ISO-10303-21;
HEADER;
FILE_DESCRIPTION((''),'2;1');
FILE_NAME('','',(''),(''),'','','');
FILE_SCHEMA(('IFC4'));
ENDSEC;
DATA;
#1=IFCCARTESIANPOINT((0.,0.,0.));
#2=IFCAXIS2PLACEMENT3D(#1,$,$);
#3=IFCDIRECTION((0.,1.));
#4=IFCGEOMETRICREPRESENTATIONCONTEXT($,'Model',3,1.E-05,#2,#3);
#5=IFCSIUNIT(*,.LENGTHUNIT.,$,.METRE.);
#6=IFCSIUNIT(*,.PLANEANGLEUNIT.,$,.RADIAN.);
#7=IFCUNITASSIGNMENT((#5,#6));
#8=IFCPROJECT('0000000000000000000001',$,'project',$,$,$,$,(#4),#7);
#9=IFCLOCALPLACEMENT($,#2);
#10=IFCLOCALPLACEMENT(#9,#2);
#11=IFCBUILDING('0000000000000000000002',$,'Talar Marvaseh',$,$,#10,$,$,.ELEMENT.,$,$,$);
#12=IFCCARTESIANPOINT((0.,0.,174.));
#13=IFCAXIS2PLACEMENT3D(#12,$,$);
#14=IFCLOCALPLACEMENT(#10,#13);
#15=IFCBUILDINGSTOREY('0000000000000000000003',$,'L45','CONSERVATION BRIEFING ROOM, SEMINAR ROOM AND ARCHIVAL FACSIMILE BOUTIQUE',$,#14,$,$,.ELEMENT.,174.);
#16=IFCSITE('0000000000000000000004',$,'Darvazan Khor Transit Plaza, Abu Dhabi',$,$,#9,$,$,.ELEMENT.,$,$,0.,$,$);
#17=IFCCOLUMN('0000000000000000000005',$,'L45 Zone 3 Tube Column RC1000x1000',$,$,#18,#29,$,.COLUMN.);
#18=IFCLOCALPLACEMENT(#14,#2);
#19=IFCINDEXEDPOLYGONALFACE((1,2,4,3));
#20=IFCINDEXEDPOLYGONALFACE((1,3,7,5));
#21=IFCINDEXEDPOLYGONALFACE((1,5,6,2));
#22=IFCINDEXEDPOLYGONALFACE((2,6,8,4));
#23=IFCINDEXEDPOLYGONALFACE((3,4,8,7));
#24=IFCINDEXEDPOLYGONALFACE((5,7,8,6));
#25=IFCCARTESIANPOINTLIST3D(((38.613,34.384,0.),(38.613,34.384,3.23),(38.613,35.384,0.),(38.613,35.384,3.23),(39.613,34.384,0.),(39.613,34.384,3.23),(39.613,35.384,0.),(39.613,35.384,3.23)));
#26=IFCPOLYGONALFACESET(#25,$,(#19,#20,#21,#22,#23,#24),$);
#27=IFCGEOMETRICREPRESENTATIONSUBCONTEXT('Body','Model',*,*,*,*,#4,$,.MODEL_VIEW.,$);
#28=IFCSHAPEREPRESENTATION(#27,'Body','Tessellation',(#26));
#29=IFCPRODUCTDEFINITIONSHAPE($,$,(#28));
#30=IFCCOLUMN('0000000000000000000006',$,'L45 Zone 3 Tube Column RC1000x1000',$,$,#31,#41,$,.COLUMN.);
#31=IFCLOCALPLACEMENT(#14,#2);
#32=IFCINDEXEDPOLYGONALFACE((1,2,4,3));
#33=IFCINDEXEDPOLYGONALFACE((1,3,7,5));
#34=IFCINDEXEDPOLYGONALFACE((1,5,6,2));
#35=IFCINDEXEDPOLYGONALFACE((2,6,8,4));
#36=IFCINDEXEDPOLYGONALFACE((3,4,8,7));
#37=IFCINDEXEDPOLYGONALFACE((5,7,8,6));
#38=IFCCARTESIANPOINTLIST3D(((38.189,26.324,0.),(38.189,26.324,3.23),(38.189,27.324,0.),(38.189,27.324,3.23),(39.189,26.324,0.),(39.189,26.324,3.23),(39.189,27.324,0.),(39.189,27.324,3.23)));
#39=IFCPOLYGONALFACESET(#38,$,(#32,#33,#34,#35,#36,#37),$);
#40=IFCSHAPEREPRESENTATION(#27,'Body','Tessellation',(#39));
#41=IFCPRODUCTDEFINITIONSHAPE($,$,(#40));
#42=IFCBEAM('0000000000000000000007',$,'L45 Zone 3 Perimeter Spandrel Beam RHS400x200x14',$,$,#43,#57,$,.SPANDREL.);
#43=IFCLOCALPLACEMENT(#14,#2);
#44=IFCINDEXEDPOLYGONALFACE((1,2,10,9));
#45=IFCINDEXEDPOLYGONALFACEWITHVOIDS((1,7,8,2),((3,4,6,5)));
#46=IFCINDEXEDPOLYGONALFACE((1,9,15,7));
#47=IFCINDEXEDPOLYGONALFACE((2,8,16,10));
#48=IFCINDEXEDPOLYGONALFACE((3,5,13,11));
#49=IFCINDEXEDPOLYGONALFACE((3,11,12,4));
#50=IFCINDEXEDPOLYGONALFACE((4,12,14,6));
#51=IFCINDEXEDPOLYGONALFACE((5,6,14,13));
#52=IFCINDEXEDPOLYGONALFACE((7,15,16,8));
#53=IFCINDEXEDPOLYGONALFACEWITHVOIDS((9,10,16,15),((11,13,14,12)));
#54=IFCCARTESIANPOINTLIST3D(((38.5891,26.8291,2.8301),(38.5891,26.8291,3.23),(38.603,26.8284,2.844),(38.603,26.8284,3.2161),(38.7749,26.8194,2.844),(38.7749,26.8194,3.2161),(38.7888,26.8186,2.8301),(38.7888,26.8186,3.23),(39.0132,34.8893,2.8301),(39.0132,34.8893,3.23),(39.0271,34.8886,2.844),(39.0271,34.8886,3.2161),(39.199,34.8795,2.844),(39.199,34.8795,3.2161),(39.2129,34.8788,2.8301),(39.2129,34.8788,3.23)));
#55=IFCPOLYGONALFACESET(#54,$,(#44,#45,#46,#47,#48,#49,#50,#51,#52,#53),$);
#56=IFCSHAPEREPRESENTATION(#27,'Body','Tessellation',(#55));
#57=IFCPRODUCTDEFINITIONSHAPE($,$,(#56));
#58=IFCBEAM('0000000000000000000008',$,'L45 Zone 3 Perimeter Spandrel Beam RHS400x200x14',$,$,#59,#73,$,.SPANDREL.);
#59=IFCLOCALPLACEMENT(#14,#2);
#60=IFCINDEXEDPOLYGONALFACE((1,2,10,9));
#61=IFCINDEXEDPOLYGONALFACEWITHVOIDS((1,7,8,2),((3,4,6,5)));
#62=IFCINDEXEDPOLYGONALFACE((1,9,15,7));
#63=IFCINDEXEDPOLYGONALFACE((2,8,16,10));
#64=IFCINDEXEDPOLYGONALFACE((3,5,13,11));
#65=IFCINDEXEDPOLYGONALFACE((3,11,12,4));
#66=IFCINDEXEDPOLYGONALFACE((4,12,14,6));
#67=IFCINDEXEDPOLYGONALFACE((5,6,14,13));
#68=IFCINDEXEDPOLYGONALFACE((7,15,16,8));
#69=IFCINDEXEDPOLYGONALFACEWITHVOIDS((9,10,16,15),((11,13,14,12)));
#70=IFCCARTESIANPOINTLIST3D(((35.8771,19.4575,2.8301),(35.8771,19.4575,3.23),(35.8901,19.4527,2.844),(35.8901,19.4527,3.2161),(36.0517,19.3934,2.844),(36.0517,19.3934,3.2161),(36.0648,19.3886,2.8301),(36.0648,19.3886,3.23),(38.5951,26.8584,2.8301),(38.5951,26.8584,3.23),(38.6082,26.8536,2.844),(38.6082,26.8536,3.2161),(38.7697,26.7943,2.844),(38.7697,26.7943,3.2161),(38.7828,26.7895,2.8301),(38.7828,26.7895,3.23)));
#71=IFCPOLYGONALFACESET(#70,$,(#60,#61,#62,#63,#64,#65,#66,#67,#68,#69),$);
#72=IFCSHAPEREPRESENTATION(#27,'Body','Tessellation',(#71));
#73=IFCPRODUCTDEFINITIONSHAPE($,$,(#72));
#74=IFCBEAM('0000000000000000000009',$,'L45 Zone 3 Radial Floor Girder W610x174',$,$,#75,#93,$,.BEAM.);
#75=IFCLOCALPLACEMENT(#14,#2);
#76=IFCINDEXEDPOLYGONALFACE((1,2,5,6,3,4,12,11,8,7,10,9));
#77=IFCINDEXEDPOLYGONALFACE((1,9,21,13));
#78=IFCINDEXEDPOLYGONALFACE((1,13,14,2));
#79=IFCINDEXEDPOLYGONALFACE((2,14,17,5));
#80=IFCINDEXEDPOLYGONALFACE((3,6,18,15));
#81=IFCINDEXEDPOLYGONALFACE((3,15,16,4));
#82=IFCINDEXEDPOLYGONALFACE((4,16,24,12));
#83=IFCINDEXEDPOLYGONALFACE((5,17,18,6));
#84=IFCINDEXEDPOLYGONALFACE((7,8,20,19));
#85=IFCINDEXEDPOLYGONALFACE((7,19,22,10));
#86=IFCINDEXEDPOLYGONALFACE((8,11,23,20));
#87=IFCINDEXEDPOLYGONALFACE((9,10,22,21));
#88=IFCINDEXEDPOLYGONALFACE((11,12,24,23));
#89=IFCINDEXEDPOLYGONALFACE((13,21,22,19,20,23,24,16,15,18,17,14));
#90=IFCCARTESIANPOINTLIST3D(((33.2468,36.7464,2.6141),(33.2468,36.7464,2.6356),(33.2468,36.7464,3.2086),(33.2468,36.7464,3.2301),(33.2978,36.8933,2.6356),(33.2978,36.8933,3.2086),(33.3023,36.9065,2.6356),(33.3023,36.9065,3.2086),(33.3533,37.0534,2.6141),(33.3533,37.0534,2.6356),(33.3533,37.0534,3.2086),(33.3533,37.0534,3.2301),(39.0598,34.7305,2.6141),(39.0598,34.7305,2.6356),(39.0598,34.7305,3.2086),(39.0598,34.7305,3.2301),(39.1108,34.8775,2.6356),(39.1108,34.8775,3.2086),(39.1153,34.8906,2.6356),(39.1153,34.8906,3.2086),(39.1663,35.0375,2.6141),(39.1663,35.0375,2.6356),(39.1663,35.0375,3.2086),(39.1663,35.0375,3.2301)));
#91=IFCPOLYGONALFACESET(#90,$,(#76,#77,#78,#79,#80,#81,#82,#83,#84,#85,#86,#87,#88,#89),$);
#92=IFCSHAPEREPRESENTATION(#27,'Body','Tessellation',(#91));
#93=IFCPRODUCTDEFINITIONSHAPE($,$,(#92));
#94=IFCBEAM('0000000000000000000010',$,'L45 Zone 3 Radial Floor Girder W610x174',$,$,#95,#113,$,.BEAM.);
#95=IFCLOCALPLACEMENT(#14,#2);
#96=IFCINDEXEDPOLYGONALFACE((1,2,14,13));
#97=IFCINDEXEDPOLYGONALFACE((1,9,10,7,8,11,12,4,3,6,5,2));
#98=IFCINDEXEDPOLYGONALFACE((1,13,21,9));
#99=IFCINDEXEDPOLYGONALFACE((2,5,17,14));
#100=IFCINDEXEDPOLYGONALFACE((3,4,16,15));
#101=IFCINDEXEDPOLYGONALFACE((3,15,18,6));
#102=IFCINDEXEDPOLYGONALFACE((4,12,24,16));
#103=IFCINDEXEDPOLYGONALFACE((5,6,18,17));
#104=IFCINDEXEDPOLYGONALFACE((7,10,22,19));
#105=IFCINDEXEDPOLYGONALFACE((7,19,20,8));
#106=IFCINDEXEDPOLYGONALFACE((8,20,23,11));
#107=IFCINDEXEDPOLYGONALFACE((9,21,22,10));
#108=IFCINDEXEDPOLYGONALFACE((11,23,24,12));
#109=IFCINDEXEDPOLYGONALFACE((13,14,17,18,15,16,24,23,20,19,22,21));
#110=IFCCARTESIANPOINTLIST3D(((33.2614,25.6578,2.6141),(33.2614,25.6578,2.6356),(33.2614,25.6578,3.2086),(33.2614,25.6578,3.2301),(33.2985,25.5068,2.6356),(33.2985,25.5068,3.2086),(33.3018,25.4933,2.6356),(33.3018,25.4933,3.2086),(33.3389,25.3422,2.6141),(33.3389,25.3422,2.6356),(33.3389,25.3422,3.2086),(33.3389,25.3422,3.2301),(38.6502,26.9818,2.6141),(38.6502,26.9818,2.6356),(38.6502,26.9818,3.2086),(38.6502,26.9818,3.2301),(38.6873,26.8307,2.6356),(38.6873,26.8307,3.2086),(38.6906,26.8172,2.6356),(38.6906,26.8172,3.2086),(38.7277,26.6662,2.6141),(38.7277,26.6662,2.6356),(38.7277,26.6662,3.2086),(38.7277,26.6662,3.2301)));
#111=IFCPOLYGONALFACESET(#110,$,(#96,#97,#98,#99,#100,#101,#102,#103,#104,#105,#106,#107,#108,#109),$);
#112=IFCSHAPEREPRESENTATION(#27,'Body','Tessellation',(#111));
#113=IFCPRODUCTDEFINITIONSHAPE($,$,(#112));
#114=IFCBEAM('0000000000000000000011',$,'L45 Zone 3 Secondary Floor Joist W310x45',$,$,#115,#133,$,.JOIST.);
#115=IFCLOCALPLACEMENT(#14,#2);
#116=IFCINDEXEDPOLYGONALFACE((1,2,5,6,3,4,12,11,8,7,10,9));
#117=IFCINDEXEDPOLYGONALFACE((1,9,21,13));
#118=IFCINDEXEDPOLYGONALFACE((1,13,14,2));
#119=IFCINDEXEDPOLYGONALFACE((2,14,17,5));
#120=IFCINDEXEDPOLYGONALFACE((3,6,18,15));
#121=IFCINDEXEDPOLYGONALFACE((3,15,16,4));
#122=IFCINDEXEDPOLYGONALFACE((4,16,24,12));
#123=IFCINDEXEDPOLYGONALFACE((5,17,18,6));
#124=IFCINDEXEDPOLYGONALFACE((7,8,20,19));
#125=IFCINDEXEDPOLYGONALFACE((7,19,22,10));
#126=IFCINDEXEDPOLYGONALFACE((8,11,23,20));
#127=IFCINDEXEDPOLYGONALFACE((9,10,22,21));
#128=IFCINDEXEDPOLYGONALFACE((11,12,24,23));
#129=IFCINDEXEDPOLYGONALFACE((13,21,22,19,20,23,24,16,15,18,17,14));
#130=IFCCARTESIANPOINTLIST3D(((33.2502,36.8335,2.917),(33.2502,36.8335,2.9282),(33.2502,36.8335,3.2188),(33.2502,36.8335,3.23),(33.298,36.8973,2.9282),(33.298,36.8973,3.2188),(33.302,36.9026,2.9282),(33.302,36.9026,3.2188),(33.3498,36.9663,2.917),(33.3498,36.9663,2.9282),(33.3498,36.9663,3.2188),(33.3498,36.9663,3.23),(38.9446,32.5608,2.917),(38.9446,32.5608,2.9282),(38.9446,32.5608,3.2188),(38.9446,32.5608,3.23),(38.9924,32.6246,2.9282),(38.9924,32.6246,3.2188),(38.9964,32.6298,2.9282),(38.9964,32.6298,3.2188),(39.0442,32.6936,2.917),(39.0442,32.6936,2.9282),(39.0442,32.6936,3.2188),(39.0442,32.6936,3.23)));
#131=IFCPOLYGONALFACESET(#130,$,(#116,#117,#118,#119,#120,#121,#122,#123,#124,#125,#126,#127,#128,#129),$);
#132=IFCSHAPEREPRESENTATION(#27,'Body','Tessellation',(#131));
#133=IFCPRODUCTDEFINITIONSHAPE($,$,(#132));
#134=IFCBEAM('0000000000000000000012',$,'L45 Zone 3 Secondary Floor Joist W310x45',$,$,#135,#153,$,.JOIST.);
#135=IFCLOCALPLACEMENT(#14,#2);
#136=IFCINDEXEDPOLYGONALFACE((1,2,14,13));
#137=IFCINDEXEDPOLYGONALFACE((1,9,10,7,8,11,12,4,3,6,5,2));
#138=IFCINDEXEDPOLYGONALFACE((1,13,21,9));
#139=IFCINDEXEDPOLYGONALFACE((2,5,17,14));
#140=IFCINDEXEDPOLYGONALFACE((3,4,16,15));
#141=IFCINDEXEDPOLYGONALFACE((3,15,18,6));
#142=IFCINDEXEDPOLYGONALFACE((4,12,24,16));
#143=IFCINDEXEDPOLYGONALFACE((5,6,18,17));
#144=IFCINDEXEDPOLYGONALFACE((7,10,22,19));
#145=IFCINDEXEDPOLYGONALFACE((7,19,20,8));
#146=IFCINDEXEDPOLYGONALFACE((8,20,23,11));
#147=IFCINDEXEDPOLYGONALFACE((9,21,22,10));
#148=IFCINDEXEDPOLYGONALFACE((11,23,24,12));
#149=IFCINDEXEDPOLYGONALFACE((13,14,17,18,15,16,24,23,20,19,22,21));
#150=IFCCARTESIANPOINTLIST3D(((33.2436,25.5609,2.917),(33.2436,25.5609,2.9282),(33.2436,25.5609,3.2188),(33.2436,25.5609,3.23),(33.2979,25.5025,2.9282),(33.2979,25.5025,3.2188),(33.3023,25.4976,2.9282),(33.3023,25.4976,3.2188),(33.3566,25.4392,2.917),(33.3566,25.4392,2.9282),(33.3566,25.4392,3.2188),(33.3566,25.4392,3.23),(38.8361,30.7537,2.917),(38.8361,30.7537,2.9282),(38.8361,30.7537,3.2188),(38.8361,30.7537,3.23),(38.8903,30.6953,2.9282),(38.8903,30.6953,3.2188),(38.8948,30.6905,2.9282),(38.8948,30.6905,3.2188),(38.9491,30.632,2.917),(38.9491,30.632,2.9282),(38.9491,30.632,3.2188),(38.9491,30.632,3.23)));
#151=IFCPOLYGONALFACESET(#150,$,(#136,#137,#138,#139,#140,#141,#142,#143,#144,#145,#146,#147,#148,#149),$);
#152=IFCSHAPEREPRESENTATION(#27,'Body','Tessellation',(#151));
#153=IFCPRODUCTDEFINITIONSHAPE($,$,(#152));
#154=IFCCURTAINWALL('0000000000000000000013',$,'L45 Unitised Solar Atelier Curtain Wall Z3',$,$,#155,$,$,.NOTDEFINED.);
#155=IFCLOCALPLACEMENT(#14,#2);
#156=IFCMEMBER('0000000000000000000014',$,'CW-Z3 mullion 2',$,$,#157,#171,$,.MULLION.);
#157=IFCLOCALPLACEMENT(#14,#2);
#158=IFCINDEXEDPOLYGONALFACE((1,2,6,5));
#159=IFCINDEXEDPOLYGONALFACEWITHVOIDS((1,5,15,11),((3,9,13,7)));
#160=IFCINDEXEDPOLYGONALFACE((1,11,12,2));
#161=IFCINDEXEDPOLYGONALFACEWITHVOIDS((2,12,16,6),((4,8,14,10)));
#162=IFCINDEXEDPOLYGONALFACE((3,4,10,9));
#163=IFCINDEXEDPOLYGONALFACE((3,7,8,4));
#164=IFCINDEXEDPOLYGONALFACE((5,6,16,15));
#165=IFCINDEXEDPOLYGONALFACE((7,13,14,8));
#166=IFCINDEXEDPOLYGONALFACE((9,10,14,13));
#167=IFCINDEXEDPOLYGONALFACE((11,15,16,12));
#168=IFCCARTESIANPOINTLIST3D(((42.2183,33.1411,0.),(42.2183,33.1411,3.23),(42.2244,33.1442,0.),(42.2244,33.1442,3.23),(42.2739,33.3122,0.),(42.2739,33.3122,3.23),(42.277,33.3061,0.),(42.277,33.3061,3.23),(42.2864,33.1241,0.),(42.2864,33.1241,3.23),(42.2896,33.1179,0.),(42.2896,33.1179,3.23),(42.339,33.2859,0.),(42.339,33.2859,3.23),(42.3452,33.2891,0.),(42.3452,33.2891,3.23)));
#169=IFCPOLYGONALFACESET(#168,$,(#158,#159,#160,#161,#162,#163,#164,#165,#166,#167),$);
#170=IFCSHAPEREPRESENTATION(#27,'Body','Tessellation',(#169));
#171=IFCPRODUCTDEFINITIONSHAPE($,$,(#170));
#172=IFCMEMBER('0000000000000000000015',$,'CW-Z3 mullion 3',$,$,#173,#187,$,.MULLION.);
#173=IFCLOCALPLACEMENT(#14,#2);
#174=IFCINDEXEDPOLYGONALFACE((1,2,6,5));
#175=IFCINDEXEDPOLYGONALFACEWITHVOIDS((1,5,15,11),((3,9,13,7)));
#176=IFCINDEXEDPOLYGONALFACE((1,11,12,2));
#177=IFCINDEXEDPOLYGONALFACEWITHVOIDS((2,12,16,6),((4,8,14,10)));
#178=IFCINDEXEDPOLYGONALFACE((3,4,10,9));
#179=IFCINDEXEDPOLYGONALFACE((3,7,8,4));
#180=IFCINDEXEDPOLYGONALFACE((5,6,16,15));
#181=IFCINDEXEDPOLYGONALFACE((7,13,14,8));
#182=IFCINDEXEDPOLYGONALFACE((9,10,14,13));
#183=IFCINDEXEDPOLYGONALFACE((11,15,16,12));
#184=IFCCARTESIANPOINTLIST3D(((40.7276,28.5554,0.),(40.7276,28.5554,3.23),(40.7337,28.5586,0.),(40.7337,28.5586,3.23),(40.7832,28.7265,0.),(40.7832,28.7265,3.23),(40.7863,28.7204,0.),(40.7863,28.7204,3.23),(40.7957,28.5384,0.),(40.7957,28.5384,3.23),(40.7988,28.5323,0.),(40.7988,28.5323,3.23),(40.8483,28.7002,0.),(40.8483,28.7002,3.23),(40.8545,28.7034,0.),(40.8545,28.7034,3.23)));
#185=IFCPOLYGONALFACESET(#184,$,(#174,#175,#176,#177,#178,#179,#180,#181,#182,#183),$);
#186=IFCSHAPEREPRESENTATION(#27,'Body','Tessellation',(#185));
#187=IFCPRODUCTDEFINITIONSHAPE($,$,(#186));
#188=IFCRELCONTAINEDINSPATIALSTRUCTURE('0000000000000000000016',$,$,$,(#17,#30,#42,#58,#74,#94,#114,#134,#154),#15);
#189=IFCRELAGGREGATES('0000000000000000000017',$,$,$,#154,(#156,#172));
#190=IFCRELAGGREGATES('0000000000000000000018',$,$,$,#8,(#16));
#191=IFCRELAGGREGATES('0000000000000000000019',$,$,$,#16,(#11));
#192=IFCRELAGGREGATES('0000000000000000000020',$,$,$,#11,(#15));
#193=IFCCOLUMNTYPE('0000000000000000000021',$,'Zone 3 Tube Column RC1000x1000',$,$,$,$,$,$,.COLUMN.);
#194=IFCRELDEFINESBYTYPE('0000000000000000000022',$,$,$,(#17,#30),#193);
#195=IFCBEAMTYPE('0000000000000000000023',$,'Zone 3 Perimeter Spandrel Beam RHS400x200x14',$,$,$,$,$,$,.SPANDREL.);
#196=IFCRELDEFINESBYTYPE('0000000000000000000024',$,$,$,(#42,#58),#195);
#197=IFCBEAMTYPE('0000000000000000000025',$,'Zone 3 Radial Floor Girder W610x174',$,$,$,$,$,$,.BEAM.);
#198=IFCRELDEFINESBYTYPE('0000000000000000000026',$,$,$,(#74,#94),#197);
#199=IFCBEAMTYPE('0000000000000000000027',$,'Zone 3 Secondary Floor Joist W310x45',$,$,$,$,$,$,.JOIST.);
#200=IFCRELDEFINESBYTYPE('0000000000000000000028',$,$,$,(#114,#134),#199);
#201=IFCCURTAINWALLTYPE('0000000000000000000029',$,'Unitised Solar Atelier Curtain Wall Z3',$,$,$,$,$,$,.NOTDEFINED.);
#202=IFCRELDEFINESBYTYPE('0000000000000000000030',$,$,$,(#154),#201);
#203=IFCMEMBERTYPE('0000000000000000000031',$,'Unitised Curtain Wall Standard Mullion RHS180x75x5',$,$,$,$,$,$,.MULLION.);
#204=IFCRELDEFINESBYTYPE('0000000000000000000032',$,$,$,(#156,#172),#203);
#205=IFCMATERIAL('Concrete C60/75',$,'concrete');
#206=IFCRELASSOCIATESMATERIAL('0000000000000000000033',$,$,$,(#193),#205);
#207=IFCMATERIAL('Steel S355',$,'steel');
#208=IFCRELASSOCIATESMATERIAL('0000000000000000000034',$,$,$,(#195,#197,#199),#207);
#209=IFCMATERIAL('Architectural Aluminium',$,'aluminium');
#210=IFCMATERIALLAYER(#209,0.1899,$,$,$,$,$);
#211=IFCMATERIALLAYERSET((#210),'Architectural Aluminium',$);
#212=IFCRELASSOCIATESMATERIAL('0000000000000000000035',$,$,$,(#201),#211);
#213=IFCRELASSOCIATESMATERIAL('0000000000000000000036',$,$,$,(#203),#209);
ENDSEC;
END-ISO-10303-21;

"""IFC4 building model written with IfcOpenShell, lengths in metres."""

from ifc_helpers import new_model, si_unit, direction, frame, origin, origin_2d, place, context, subcontext, project, spatial, rectangle, hollow_rectangle, i_section, extrude, source, transform, mapped, material, layer, layer_set, material_profile, profile_set, type_object, type_shapes, element, aggregate, save


model = new_model("IFC4")

# Units and contexts
model_context = context("Model", 3, precision=1e-05, world=origin(), true_north=direction((0.0, 1.0)))
body_context = subcontext(model_context, "Body", "Model", "MODEL_VIEW")
ifc_project = project(units=[si_unit("LENGTHUNIT", "METRE"), si_unit("PLANEANGLEUNIT", "RADIAN")], contexts=[model_context])

# Site, building, storey
site_placement = place(None, origin())
site = spatial("IfcSite", under=ifc_project, at=site_placement, Name="Darvazan Khor Transit Plaza, Abu Dhabi", CompositionType="ELEMENT", RefElevation=0.0)
building_placement = place(site_placement, origin())
building = spatial("IfcBuilding", under=site, at=building_placement, Name="Talar Marvaseh", CompositionType="ELEMENT")
storey_placement = place(building_placement, frame((0.0, 0.0, 174.0)))
storey = spatial("IfcBuildingStorey", under=building, at=storey_placement, Name="L45", Description="CONSERVATION BRIEFING ROOM, SEMINAR ROOM AND ARCHIVAL FACSIMILE BOUTIQUE", CompositionType="ELEMENT", Elevation=174.0)

# Columns
ifc_material_1 = material(Name="Concrete C60/75", Category="concrete")
ifc_material_profile_1 = material_profile(ifc_material_1, rectangle(XDim=1.0, YDim=1.0, at=origin_2d()), Name="RC1000x1000")
ifc_profile_set_1 = profile_set([ifc_material_profile_1], Name="Concrete C60/75")
column_type = type_object("IfcColumnType", Name="Zone 3 Tube Column RC1000x1000", PredefinedType="COLUMN", material=ifc_profile_set_1)
for number, where, z_axis, x_axis, name in (
    (1, (39.113, 34.884, 0.0), (0.0, 0.0, 1.0), (1.0, 0.0, 0.0), "L45 Zone 3 Tube Column RC1000x1000"),
    (2, (38.689, 26.824, 0.0), (0.0, 0.0, 1.0), (1.0, 0.0, 0.0), "L45 Zone 3 Tube Column RC1000x1000"),
):
    element("IfcColumn", number, at=place(storey_placement, frame(where, z_axis=z_axis, x_axis=x_axis)), inside=storey, type_object=column_type, Name=name, PredefinedType="COLUMN", context=body_context, shape_type="SweptSolid", body=[
        extrude(rectangle(XDim=1.0, YDim=1.0, at=origin_2d()), origin(), (0.0, 0.0, 1.0), 3.23),
    ])

# Beams
ifc_material_2 = material(Name="Steel S355", Category="steel")
ifc_material_profile_2 = material_profile(ifc_material_2, hollow_rectangle(XDim=0.2, YDim=0.3999, WallThickness=0.0139, at=origin_2d()), Name="RHS400x200x14")
ifc_profile_set_2 = profile_set([ifc_material_profile_2], Name="Steel S355")
beam_type_1 = type_object("IfcBeamType", Name="Zone 3 Perimeter Spandrel Beam RHS400x200x14", PredefinedType="SPANDREL", material=ifc_profile_set_2)
beam_1_placement = place(storey_placement, frame((39.113, 34.884, 3.03), z_axis=(-0.052541, -0.998619, 0.0), x_axis=(0.998619, -0.052541, 0.0)))
element("IfcBeam", 3, at=beam_1_placement, inside=storey, type_object=beam_type_1, Name="L45 Zone 3 Perimeter Spandrel Beam RHS400x200x14", PredefinedType="SPANDREL", context=body_context, shape_type="SweptSolid", body=[
    extrude(hollow_rectangle(XDim=0.2, YDim=0.3999, WallThickness=0.0139, at=origin_2d()), origin(), (0.0, 0.0, 1.0), 8.0713),
])
beam_2_placement = place(storey_placement, frame((38.689, 26.824, 3.03), z_axis=(-0.344742, -0.938697, 0.0), x_axis=(0.938697, -0.344742, 0.0)))
element("IfcBeam", 4, at=beam_2_placement, inside=storey, type_object=beam_type_1, Name="L45 Zone 3 Perimeter Spandrel Beam RHS400x200x14", PredefinedType="SPANDREL", context=body_context, shape_type="SweptSolid", body=[
    extrude(hollow_rectangle(XDim=0.2, YDim=0.3999, WallThickness=0.0139, at=origin_2d()), origin(), (0.0, 0.0, 1.0), 7.8843),
])
ifc_material_profile_3 = material_profile(ifc_material_2, i_section(OverallWidth=0.325, OverallDepth=0.616, WebThickness=0.0139, FlangeThickness=0.0215, at=origin_2d()), Name="W610x174")
ifc_profile_set_3 = profile_set([ifc_material_profile_3], Name="Steel S355")
beam_type_2 = type_object("IfcBeamType", Name="Zone 3 Radial Floor Girder W610x174", PredefinedType="BEAM", material=ifc_profile_set_3)
beam_3_placement = place(storey_placement, frame((39.113, 34.884, 2.9221), z_axis=(-0.944801, 0.327645, 0.0), x_axis=(-0.327645, -0.944801, 0.0)))
element("IfcBeam", 5, at=beam_3_placement, inside=storey, type_object=beam_type_2, Name="L45 Zone 3 Radial Floor Girder W610x174", PredefinedType="BEAM", context=body_context, shape_type="SweptSolid", body=[
    extrude(i_section(OverallWidth=0.325, OverallDepth=0.616, WebThickness=0.0139, FlangeThickness=0.0215, at=origin_2d()), origin(), (0.0, 0.0, 1.0), 6.1526),
])
beam_4_placement = place(storey_placement, frame((38.689, 26.824, 2.9221), z_axis=(-0.971121, -0.23859, 0.0), x_axis=(0.23859, -0.971121, 0.0)))
element("IfcBeam", 6, at=beam_4_placement, inside=storey, type_object=beam_type_2, Name="L45 Zone 3 Radial Floor Girder W610x174", PredefinedType="BEAM", context=body_context, shape_type="SweptSolid", body=[
    extrude(i_section(OverallWidth=0.325, OverallDepth=0.616, WebThickness=0.0139, FlangeThickness=0.0215, at=origin_2d()), origin(), (0.0, 0.0, 1.0), 5.5491),
])
ifc_material_profile_4 = material_profile(ifc_material_2, i_section(OverallWidth=0.166, OverallDepth=0.313, WebThickness=0.0066, FlangeThickness=0.0112, at=origin_2d()), Name="W310x45")
ifc_profile_set_4 = profile_set([ifc_material_profile_4], Name="Steel S355")
beam_type_3 = type_object("IfcBeamType", Name="Zone 3 Secondary Floor Joist W310x45", PredefinedType="JOIST", material=ifc_profile_set_4)
beam_5_placement = place(storey_placement, frame((38.9944, 32.6272, 3.0735), z_axis=(-0.799868, 0.600176, 0.0), x_axis=(-0.600176, -0.799868, 0.0)))
element("IfcBeam", 7, at=beam_5_placement, inside=storey, type_object=beam_type_3, Name="L45 Zone 3 Secondary Floor Joist W310x45", PredefinedType="JOIST", context=body_context, shape_type="SweptSolid", body=[
    extrude(i_section(OverallWidth=0.166, OverallDepth=0.313, WebThickness=0.0066, FlangeThickness=0.0112, at=origin_2d()), origin(), (0.0, 0.0, 1.0), 7.1191),
])
beam_6_placement = place(storey_placement, frame((38.8926, 30.6929, 3.0735), z_axis=(-0.732806, -0.680438, 0.0), x_axis=(0.680438, -0.732806, 0.0)))
element("IfcBeam", 8, at=beam_6_placement, inside=storey, type_object=beam_type_3, Name="L45 Zone 3 Secondary Floor Joist W310x45", PredefinedType="JOIST", context=body_context, shape_type="SweptSolid", body=[
    extrude(i_section(OverallWidth=0.166, OverallDepth=0.313, WebThickness=0.0066, FlangeThickness=0.0112, at=origin_2d()), origin(), (0.0, 0.0, 1.0), 7.6316),
])

# Curtain wall, members
ifc_material_3 = material(Name="Architectural Aluminium", Category="aluminium")
ifc_layer_1 = layer(ifc_material_3, 0.1899)
ifc_layer_set_1 = layer_set([ifc_layer_1], Name="Architectural Aluminium")
curtain_wall_type = type_object("IfcCurtainWallType", Name="Unitised Solar Atelier Curtain Wall Z3", PredefinedType="NOTDEFINED", material=ifc_layer_set_1)
curtain_wall_placement = place(storey_placement, origin())
curtain_wall = element("IfcCurtainWall", 9, at=curtain_wall_placement, inside=storey, type_object=curtain_wall_type, Name="L45 Unitised Solar Atelier Curtain Wall Z3", PredefinedType="NOTDEFINED")
ifc_material_profile_5 = material_profile(ifc_material_3, hollow_rectangle(XDim=0.075, YDim=0.1799, WallThickness=0.0049, at=origin_2d()), Name="RHS180x75x5")
ifc_profile_set_5 = profile_set([ifc_material_profile_5], Name="Architectural Aluminium")
member_type_1 = type_object("IfcMemberType", Name="Unitised Curtain Wall Standard Mullion RHS180x75x5", PredefinedType="MULLION", material=ifc_profile_set_5)
shared_shape_1 = source(origin(), body_context, "Body", "SweptSolid", [
    extrude(hollow_rectangle(XDim=0.075, YDim=0.1799, WallThickness=0.0049, at=origin_2d()), origin(), (0.0, 0.0, 1.0), 3.23),
])
type_shapes(member_type_1, [shared_shape_1])
member_1_placement = place(storey_placement, frame((42.2817, 33.2151, 0.0), z_axis=(0.0, 0.0, 1.0), x_axis=(0.951009, -0.309164, 0.0)))
member_1 = element("IfcMember", 10, at=member_1_placement, type_object=member_type_1, Name="CW-Z3 mullion 2", PredefinedType="MULLION", context=body_context, shape_type="MappedRepresentation", body=[
    mapped(shared_shape_1, transform((0.0, 0.0, 0.0), x_axis=(1.0, 0.0, 0.0), y_axis=(0.0, 1.0, 0.0), z_axis=(0.0, 0.0, 1.0), scale=1.0)),
])
member_2_placement = place(storey_placement, frame((40.791, 28.6294, 0.0), z_axis=(0.0, 0.0, 1.0), x_axis=(0.951009, -0.309164, 0.0)))
member_2 = element("IfcMember", 11, at=member_2_placement, type_object=member_type_1, Name="CW-Z3 mullion 3", PredefinedType="MULLION", context=body_context, shape_type="MappedRepresentation", body=[
    mapped(shared_shape_1, transform((0.0, 0.0, 0.0), x_axis=(1.0, 0.0, 0.0), y_axis=(0.0, 1.0, 0.0), z_axis=(0.0, 0.0, 1.0), scale=1.0)),
])
aggregate(curtain_wall, [member_1, member_2])

save(model, "model.ifc")
